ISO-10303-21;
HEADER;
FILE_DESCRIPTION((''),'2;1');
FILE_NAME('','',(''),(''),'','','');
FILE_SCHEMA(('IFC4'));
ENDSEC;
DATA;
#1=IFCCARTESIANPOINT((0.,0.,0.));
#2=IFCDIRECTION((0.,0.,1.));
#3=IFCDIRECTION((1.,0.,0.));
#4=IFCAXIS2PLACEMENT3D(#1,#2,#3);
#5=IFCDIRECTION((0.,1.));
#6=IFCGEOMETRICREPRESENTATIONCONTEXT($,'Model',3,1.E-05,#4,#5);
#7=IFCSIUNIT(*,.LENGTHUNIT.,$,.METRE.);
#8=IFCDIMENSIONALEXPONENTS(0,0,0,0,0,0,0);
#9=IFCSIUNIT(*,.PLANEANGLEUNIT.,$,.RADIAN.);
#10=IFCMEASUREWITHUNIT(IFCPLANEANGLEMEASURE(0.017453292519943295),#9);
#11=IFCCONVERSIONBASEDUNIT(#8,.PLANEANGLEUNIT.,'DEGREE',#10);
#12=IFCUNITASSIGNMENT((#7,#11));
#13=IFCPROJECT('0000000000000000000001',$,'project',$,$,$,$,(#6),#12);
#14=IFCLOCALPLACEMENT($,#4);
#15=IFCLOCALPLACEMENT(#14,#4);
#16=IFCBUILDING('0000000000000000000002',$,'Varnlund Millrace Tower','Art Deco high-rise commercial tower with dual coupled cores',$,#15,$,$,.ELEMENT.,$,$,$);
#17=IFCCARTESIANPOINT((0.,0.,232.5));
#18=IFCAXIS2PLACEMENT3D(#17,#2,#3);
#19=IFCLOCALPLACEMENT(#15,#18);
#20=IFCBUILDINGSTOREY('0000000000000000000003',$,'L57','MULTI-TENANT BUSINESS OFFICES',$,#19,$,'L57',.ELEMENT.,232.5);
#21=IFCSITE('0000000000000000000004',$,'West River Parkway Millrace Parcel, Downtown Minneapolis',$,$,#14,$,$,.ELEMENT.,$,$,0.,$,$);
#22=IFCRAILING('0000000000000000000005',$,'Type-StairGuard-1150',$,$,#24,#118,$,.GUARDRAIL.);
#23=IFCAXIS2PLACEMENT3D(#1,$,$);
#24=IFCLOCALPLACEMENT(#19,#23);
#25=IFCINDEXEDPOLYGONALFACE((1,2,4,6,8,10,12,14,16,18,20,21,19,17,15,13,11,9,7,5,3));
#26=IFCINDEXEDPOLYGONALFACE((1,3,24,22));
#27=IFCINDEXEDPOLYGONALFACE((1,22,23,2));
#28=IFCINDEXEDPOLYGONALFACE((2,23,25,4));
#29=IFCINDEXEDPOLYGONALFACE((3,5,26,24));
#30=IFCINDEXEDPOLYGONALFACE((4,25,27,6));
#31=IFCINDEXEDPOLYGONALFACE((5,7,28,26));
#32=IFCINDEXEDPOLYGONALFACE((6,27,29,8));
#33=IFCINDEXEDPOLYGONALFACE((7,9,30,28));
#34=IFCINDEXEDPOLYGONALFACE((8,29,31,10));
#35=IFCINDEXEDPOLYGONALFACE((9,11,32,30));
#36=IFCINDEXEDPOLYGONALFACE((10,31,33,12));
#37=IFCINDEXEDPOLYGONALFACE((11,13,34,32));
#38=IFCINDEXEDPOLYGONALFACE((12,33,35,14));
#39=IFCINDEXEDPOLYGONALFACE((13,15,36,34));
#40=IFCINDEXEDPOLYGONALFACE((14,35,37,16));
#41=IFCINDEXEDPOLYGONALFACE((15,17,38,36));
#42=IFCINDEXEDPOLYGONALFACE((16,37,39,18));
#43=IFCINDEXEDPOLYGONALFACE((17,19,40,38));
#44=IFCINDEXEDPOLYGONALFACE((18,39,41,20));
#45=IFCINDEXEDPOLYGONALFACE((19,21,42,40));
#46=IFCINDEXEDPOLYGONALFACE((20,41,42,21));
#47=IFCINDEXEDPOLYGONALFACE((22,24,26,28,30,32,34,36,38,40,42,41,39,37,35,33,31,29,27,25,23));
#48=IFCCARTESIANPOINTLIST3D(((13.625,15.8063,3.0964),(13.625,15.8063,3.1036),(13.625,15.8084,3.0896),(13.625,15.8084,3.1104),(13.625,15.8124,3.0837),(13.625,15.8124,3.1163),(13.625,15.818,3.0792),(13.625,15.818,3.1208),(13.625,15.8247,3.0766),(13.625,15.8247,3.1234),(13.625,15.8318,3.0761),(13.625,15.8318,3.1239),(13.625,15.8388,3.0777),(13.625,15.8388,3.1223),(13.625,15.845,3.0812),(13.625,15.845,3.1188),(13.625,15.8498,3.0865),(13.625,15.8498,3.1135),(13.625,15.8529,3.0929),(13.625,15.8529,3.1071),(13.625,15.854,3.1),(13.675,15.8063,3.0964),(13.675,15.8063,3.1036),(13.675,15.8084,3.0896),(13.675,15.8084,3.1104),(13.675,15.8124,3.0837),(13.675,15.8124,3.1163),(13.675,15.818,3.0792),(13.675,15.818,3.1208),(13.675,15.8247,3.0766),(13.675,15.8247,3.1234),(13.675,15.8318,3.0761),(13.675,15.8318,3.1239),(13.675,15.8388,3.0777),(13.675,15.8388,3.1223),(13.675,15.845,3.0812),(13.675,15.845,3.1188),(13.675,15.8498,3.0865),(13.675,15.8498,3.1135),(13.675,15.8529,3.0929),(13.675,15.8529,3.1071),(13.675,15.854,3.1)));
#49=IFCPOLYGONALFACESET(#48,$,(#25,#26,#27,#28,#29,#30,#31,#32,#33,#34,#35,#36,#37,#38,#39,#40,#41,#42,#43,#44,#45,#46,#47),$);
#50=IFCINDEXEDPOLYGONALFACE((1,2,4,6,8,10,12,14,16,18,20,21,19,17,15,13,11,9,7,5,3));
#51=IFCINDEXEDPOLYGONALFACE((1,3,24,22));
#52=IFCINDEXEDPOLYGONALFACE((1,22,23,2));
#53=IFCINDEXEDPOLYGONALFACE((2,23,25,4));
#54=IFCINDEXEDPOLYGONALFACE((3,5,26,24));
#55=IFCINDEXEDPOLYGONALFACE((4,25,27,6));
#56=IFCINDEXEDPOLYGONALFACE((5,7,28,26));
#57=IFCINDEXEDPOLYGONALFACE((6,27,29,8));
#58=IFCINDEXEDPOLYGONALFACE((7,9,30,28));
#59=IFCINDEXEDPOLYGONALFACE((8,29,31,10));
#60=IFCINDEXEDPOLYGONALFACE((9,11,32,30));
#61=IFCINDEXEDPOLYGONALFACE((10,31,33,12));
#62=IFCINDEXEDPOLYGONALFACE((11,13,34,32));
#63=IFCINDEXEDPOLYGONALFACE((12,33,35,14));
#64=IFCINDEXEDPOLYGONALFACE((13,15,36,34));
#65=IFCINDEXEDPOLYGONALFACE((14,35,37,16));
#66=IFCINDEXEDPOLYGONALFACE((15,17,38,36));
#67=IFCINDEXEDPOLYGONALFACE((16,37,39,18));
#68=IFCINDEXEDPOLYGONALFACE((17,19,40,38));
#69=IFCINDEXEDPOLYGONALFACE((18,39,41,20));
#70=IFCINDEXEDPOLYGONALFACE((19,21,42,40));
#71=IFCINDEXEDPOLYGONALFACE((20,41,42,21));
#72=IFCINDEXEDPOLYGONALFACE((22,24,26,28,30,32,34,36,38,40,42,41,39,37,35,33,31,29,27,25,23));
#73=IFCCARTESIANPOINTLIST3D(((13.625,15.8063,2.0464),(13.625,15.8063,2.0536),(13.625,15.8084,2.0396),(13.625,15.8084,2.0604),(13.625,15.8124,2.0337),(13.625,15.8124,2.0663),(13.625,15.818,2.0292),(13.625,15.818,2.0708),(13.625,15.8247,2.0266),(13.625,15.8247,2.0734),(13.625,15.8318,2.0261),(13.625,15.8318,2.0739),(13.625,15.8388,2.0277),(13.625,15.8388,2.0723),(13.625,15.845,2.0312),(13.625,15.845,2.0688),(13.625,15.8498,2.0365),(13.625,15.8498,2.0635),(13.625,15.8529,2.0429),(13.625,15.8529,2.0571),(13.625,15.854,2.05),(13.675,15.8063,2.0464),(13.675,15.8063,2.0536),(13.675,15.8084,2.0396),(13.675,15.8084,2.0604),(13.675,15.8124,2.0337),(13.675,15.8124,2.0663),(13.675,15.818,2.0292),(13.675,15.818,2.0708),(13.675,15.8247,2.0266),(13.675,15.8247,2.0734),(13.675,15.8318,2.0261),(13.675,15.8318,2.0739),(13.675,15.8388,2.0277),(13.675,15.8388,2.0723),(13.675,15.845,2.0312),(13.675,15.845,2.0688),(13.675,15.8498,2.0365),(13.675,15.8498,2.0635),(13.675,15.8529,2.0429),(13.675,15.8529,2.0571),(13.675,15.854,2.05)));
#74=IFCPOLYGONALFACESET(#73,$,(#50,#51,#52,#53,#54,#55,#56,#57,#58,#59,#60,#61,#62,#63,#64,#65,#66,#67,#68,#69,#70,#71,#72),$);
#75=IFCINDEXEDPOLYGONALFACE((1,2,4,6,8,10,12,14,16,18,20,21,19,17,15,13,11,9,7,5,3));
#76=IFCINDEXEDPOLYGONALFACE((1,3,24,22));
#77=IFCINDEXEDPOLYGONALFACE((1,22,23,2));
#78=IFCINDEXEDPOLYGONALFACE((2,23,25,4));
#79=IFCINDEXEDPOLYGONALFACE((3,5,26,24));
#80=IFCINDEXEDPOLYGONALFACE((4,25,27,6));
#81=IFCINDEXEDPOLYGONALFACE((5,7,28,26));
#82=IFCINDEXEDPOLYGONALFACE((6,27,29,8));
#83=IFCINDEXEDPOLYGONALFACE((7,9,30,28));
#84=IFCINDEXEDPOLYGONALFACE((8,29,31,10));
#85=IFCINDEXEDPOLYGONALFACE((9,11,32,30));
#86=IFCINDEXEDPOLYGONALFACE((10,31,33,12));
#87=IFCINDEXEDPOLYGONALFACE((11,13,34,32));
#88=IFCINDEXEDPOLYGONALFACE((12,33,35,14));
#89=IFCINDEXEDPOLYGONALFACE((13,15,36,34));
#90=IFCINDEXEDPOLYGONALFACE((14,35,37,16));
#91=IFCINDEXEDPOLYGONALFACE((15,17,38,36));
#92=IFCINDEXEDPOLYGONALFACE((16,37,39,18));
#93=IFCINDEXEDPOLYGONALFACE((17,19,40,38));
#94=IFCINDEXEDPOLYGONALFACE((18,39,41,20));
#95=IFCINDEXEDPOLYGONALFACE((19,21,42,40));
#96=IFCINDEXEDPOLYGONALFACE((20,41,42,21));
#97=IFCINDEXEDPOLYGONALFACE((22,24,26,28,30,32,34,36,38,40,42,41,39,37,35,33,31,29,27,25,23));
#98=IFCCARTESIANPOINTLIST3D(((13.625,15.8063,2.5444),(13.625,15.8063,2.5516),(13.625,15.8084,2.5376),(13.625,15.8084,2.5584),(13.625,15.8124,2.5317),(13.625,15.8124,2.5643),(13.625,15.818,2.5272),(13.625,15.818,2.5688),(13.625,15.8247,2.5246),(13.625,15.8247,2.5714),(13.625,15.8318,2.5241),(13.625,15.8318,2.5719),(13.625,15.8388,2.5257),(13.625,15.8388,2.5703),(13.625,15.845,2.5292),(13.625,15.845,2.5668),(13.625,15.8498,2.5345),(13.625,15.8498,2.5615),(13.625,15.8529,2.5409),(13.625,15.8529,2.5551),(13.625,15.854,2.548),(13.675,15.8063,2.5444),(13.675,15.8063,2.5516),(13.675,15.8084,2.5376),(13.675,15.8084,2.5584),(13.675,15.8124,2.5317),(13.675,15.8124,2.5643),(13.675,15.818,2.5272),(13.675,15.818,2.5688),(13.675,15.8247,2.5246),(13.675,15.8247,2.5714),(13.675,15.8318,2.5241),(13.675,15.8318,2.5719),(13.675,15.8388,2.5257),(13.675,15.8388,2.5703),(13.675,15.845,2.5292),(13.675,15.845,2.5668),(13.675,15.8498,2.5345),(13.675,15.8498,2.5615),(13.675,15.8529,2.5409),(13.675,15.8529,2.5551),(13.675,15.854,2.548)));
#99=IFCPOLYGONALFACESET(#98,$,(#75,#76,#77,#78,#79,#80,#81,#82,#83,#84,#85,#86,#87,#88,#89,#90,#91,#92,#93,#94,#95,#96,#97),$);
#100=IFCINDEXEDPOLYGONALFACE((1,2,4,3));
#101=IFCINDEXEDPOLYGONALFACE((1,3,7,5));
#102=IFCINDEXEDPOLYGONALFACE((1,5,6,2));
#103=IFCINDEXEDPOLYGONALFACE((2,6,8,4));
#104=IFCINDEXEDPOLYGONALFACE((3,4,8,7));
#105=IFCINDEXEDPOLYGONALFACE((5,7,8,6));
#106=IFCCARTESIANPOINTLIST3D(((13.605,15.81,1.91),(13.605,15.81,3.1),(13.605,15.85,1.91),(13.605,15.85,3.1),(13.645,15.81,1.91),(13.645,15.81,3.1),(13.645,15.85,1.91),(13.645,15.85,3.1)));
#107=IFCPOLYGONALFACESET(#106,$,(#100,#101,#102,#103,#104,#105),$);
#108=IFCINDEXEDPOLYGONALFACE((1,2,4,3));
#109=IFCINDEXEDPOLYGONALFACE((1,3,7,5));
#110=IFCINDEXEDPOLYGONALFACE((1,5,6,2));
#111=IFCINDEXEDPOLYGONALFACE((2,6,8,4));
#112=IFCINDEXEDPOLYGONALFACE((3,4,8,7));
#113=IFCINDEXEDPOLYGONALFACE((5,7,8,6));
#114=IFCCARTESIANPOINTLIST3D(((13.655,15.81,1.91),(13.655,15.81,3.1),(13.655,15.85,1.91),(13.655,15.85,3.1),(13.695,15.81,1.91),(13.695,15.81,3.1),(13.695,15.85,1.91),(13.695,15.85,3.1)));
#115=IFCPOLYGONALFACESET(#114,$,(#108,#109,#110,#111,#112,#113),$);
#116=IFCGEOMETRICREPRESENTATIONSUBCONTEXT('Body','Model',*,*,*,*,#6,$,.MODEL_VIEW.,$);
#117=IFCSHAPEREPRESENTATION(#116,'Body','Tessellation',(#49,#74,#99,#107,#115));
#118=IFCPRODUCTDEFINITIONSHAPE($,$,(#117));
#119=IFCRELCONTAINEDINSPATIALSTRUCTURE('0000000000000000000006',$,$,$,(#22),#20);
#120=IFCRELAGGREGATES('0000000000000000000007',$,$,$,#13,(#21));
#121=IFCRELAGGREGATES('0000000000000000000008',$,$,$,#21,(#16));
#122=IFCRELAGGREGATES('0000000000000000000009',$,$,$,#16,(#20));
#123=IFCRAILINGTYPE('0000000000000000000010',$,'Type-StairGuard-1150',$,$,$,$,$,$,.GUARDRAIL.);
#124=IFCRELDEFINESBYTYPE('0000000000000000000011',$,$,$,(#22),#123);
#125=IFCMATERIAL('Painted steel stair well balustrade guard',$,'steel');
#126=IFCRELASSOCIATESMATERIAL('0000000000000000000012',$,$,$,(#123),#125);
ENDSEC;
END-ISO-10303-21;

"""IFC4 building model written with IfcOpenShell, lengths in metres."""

from ifc_helpers import new_model, entity, si_unit, converted_unit, direction, frame, origin_with_axes, origin_2d_with_axis, place, context, subcontext, project, spatial, rectangle, circle, extrude, material, type_object, element, save


model = new_model("IFC4")

# Units and contexts
model_context = context("Model", 3, precision=1e-05, world=origin_with_axes(), true_north=direction((0.0, 1.0)))
body_context = subcontext(model_context, "Body", "Model", "MODEL_VIEW")
ifc_project = project(units=[si_unit("LENGTHUNIT", "METRE"), converted_unit("PLANEANGLEUNIT", "DEGREE", entity("IfcPlaneAngleMeasure", 0.017453292519943295), si_unit("PLANEANGLEUNIT", "RADIAN"), dimensions=[0, 0, 0, 0, 0, 0, 0])], contexts=[model_context])

# Site, building, storey
site_placement = place(None, origin_with_axes())
site = spatial("IfcSite", under=ifc_project, at=site_placement, Name="West River Parkway Millrace Parcel, Downtown Minneapolis", CompositionType="ELEMENT", RefElevation=0.0)
building_placement = place(site_placement, origin_with_axes())
building = spatial("IfcBuilding", under=site, at=building_placement, Name="Varnlund Millrace Tower", Description="Art Deco high-rise commercial tower with dual coupled cores", CompositionType="ELEMENT")
storey_placement = place(building_placement, frame((0.0, 0.0, 232.5), z_axis=(0.0, 0.0, 1.0), x_axis=(1.0, 0.0, 0.0)))
storey = spatial("IfcBuildingStorey", under=building, at=storey_placement, Name="L57", Description="MULTI-TENANT BUSINESS OFFICES", LongName="L57", CompositionType="ELEMENT", Elevation=232.5)

# Railing
ifc_material_1 = material(Name="Painted steel stair well balustrade guard", Category="steel")
railing_type_1 = type_object("IfcRailingType", Name="Type-StairGuard-1150", PredefinedType="GUARDRAIL", material=ifc_material_1)
railing_1_placement = place(storey_placement, frame((0.0, 0.0, -232.5), z_axis=(0.0, 0.0, 1.0), x_axis=(1.0, 0.0, 0.0)))
element("IfcRailing", 1, at=railing_1_placement, inside=storey, type_object=railing_type_1, Name="Type-StairGuard-1150", PredefinedType="GUARDRAIL", context=body_context, shape_type="SweptSolid", body=[
    extrude(circle(Radius=0.024, at=origin_2d_with_axis()), frame((13.625, 15.83, 235.6), z_axis=(1.0, 0.0, 0.0), x_axis=(0.0, 1.0, 0.0)), (0.0, 0.0, 1.0), 0.05),
    extrude(circle(Radius=0.024, at=origin_2d_with_axis()), frame((13.625, 15.83, 234.55), z_axis=(1.0, 0.0, 0.0), x_axis=(0.0, 1.0, 0.0)), (0.0, 0.0, 1.0), 0.05),
    extrude(circle(Radius=0.024, at=origin_2d_with_axis()), frame((13.625, 15.83, 235.048), z_axis=(1.0, 0.0, 0.0), x_axis=(0.0, 1.0, 0.0)), (0.0, 0.0, 1.0), 0.05),
    extrude(rectangle(XDim=0.04, YDim=0.04, at=origin_2d_with_axis()), frame((13.625, 15.83, 234.41), z_axis=(0.0, 0.0, 1.0), x_axis=(1.0, 0.0, 0.0)), (0.0, 0.0, 1.0), 1.19),
    extrude(rectangle(XDim=0.04, YDim=0.04, at=origin_2d_with_axis()), frame((13.675, 15.83, 234.41), z_axis=(0.0, 0.0, 1.0), x_axis=(1.0, 0.0, 0.0)), (0.0, 0.0, 1.0), 1.19),
])

save(model, "model.ifc")
